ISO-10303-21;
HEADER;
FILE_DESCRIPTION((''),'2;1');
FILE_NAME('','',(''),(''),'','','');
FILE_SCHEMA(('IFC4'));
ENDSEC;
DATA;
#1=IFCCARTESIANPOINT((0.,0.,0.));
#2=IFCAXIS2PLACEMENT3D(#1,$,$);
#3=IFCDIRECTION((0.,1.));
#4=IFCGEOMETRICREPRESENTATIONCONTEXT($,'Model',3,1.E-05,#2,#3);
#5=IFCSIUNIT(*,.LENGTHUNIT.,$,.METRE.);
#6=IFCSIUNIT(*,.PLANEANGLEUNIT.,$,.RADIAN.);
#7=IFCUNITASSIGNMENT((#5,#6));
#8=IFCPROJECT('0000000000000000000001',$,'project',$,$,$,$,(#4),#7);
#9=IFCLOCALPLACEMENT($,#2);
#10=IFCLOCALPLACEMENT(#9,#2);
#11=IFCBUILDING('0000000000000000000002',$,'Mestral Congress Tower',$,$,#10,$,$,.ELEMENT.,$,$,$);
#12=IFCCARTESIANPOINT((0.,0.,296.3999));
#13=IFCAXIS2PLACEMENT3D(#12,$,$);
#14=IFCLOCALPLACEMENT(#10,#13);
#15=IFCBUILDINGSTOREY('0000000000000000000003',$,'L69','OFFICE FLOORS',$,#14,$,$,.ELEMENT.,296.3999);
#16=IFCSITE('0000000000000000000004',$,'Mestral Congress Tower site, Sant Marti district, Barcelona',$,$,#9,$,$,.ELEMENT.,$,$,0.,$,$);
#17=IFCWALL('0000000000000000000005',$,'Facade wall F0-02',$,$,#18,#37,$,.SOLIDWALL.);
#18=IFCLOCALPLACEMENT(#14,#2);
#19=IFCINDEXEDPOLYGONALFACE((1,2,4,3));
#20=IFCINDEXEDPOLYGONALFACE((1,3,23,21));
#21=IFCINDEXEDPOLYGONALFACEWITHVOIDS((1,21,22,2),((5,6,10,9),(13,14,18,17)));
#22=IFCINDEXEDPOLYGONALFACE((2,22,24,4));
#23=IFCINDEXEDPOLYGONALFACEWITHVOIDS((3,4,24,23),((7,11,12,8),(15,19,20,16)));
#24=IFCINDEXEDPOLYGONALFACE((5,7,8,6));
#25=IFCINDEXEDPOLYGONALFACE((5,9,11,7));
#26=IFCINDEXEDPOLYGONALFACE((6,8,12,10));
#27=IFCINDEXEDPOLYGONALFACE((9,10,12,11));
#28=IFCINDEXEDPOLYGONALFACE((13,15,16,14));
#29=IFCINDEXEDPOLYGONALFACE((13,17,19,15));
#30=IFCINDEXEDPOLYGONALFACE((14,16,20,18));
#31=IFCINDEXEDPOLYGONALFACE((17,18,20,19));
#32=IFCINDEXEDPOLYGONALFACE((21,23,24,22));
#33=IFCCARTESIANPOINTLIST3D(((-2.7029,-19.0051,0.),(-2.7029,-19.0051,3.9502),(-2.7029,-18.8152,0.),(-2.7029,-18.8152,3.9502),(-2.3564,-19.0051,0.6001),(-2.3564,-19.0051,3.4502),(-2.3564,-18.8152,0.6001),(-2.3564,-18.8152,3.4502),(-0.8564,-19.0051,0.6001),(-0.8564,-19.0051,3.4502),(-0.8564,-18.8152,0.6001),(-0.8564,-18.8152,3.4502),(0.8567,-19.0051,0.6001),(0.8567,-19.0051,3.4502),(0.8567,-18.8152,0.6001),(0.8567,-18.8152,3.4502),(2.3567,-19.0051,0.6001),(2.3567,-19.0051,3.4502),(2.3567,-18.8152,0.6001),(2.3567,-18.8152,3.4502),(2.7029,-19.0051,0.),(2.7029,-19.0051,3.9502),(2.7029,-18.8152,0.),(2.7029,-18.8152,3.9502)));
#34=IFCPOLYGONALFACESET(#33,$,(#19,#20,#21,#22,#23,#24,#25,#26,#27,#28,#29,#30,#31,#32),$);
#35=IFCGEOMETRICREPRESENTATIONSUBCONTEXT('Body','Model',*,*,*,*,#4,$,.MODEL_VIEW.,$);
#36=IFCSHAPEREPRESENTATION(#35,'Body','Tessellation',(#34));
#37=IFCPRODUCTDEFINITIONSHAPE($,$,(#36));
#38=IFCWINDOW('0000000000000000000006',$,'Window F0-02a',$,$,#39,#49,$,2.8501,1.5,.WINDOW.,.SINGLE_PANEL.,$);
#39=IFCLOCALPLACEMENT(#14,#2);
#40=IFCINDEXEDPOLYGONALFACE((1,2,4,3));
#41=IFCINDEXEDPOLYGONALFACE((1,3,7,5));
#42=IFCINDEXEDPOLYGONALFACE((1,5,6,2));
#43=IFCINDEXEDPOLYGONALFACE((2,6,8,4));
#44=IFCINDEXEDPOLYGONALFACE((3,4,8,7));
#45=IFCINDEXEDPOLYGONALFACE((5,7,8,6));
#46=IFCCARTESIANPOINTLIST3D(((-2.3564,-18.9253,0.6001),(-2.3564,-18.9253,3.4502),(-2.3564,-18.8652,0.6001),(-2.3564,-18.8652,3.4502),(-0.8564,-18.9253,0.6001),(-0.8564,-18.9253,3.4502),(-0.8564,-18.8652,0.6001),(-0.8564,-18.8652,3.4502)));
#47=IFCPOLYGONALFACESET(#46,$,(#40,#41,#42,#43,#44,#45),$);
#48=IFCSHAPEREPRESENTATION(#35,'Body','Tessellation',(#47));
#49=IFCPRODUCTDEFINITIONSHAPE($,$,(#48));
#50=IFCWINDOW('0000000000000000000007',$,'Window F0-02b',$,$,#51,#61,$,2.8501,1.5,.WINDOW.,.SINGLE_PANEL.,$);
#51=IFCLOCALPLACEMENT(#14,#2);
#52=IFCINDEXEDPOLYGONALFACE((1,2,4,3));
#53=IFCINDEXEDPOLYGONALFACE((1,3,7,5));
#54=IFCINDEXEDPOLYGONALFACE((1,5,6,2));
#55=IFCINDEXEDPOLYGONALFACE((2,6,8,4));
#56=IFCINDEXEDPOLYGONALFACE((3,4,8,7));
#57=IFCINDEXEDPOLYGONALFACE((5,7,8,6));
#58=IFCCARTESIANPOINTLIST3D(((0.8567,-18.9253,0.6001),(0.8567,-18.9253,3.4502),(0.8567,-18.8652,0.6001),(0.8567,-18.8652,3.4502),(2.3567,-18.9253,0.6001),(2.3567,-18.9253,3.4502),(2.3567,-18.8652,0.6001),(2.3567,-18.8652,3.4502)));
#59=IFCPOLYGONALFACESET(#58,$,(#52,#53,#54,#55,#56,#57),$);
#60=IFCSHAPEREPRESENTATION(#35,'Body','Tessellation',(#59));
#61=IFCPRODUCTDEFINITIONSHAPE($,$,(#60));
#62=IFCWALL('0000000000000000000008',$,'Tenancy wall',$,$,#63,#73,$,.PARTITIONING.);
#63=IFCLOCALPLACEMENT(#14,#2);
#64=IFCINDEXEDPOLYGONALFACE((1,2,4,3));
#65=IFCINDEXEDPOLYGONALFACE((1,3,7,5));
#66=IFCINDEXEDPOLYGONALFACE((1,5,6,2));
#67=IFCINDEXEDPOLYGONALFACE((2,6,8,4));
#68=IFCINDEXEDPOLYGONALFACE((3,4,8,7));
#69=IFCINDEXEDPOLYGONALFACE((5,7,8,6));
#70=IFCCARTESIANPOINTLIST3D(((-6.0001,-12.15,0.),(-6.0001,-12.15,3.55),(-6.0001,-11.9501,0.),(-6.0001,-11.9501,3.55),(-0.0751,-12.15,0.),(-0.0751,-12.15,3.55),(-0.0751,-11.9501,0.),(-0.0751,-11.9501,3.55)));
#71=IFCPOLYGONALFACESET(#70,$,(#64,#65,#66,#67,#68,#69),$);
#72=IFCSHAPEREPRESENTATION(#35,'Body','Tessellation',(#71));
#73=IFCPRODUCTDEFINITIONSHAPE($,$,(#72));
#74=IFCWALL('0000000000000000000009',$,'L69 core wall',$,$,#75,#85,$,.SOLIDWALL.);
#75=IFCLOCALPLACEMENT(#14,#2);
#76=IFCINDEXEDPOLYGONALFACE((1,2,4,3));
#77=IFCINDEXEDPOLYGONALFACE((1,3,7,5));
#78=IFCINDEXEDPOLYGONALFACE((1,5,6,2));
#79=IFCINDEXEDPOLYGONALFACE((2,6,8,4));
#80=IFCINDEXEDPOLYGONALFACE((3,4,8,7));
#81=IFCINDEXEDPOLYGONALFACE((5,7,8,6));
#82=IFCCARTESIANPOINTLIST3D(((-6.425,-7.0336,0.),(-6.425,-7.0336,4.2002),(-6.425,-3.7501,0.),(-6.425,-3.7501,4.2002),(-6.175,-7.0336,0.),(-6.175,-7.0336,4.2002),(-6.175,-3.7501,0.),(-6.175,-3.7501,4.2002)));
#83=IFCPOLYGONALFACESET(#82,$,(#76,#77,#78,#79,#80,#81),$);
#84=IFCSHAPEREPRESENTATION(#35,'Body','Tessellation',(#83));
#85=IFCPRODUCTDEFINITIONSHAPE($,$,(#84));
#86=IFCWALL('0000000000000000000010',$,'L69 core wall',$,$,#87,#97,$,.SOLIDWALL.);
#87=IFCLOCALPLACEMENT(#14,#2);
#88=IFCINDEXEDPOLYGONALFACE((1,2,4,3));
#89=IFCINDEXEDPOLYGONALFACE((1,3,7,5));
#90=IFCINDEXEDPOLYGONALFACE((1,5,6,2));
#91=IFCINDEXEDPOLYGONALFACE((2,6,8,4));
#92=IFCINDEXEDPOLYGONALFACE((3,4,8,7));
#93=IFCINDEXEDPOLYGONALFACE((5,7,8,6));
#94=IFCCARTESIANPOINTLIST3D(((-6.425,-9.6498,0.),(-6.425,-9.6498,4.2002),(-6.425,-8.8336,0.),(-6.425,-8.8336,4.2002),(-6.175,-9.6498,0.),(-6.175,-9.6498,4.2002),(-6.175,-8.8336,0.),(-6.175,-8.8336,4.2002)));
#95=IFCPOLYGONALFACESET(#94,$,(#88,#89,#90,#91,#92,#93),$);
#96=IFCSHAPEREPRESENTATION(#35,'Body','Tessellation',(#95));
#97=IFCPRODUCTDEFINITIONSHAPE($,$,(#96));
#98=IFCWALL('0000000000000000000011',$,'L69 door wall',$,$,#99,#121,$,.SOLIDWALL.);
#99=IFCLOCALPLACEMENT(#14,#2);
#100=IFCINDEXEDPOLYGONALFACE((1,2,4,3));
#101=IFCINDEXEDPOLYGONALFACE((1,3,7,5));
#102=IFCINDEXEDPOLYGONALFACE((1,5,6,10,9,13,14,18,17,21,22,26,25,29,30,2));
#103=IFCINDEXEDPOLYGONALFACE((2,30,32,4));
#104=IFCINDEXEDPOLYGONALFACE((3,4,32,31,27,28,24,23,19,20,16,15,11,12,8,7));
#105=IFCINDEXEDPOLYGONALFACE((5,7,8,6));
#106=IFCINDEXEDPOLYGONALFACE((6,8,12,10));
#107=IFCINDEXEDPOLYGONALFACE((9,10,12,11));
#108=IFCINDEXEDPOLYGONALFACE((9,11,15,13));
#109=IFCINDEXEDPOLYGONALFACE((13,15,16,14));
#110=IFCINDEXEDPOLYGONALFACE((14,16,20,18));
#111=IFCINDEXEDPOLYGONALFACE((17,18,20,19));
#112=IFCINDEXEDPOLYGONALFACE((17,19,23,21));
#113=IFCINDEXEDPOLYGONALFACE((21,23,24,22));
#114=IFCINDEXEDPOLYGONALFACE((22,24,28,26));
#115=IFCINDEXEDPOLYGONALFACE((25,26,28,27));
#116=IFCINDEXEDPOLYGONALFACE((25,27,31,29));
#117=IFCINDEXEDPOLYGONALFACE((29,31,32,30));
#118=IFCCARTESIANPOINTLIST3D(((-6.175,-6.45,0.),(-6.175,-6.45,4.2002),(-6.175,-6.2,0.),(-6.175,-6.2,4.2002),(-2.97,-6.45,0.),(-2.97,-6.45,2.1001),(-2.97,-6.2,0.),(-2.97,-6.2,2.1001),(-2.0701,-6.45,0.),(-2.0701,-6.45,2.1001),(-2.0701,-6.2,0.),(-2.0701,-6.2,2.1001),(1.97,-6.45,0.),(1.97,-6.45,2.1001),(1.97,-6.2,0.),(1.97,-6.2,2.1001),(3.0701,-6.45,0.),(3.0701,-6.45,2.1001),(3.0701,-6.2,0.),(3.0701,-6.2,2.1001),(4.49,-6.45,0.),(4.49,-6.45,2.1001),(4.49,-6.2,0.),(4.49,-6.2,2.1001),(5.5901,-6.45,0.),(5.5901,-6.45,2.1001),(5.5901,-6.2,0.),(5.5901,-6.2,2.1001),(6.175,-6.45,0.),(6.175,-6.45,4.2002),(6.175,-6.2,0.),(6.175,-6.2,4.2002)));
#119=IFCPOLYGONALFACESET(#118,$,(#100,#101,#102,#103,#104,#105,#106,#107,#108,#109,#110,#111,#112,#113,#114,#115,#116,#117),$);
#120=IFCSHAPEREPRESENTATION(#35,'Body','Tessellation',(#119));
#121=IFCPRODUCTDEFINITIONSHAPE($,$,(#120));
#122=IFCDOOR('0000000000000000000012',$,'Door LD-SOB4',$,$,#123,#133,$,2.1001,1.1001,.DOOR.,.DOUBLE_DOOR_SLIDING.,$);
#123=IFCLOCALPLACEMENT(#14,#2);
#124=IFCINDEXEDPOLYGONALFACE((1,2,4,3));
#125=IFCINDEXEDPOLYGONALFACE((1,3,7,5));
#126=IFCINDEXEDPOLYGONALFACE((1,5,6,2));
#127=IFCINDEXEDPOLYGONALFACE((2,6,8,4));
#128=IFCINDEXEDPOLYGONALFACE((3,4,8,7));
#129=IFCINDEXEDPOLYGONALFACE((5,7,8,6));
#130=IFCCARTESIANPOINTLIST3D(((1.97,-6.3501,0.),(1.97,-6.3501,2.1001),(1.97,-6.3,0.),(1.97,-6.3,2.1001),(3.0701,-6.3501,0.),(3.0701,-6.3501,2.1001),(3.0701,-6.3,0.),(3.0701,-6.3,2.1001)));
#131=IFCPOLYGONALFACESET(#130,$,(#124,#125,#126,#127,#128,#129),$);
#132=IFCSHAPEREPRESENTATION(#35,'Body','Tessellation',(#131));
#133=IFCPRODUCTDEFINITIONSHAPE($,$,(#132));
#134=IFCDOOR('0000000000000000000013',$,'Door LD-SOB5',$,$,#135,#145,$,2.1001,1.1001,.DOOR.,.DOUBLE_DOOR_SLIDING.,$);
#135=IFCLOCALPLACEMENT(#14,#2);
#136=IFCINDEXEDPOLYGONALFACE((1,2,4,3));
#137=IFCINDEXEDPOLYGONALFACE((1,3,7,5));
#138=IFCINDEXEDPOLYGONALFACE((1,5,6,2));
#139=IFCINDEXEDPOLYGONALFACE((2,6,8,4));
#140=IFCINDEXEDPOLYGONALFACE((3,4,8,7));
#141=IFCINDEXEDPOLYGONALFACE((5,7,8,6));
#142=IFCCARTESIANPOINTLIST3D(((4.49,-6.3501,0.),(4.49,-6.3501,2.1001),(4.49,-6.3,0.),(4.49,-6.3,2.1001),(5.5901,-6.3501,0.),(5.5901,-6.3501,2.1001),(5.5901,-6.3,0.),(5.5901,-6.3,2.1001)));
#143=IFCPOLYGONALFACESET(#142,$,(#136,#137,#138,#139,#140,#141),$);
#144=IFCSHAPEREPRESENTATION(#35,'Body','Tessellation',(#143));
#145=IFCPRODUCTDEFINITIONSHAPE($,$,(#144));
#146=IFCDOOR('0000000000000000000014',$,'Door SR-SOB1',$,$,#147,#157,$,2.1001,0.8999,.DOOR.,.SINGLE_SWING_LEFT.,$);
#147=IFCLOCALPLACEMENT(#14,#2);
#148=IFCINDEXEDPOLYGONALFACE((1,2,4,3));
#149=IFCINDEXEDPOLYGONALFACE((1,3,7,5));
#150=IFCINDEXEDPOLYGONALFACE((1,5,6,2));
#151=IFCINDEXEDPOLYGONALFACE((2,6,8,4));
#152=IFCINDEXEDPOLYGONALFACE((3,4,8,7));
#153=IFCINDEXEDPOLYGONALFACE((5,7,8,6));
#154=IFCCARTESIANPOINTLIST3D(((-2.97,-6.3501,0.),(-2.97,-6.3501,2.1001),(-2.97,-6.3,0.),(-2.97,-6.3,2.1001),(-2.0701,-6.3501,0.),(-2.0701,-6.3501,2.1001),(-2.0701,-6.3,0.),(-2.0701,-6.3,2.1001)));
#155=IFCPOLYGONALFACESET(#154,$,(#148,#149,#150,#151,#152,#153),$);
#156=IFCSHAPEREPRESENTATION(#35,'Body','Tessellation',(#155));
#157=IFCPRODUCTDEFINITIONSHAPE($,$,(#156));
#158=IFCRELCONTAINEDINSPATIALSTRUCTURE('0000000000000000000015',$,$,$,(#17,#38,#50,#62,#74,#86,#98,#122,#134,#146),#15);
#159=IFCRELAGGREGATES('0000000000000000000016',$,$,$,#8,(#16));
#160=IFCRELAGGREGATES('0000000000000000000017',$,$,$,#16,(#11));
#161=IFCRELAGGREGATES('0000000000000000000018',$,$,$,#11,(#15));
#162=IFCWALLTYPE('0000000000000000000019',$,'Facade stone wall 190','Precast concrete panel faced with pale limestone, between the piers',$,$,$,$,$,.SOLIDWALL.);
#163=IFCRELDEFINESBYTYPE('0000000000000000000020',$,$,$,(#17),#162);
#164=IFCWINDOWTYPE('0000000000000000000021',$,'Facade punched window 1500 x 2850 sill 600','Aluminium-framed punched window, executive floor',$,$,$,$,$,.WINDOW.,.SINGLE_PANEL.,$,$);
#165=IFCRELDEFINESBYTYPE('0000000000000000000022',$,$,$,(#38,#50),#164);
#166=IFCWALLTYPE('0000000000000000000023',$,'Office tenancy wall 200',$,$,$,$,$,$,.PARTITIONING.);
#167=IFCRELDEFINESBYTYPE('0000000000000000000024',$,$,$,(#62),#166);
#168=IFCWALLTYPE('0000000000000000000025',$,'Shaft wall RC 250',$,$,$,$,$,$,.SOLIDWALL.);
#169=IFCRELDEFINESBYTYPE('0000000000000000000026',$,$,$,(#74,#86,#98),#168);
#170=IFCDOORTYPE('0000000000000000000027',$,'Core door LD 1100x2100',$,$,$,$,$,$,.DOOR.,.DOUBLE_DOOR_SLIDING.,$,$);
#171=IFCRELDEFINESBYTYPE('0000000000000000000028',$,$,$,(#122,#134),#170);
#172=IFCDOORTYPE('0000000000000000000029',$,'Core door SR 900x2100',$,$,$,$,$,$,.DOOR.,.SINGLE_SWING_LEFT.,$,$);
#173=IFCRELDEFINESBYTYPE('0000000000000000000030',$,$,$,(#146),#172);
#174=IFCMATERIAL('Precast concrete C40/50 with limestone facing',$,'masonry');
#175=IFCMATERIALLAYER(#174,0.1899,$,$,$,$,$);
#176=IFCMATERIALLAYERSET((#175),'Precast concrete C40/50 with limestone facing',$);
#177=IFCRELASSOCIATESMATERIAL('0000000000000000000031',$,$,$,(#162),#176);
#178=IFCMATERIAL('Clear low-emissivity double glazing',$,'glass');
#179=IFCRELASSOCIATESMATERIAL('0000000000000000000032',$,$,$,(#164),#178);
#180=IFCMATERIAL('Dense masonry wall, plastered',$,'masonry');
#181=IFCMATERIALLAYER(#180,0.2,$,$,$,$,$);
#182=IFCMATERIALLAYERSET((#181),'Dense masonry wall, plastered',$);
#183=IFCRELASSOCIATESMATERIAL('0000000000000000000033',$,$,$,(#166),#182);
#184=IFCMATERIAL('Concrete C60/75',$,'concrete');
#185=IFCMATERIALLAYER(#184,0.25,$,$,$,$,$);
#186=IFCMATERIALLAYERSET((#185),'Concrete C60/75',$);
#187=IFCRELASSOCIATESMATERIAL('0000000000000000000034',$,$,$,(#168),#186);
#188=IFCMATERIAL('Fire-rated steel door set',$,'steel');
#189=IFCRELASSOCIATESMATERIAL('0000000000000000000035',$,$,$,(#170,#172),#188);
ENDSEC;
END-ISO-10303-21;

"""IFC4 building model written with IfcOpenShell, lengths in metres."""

from ifc_helpers import new_model, si_unit, direction, frame, frame_2d, origin, place, context, subcontext, project, spatial, rectangle, extrude, material, layer, layer_set, type_object, element, fill, save


model = new_model("IFC4")

# Units and contexts
model_context = context("Model", 3, precision=1e-05, world=origin(), true_north=direction((0.0, 1.0)))
body_context = subcontext(model_context, "Body", "Model", "MODEL_VIEW")
ifc_project = project(units=[si_unit("LENGTHUNIT", "METRE"), si_unit("PLANEANGLEUNIT", "RADIAN")], contexts=[model_context])

# Site, building, storey
site_placement = place(None, origin())
site = spatial("IfcSite", under=ifc_project, at=site_placement, Name="Mestral Congress Tower site, Sant Marti district, Barcelona", CompositionType="ELEMENT", RefElevation=0.0)
building_placement = place(site_placement, origin())
building = spatial("IfcBuilding", under=site, at=building_placement, Name="Mestral Congress Tower", CompositionType="ELEMENT")
storey_placement = place(building_placement, frame((0.0, 0.0, 296.3999)))
storey = spatial("IfcBuildingStorey", under=building, at=storey_placement, Name="L69", Description="OFFICE FLOORS", CompositionType="ELEMENT", Elevation=296.3999)

# Shared definitions
ifc_material_1 = material(Name="Concrete C60/75", Category="concrete")

# Wall, openings, windows
ifc_material_2 = material(Name="Precast concrete C40/50 with limestone facing", Category="masonry")
ifc_layer_1 = layer(ifc_material_2, 0.1899)
ifc_layer_set_1 = layer_set([ifc_layer_1], Name="Precast concrete C40/50 with limestone facing")
wall_type_1 = type_object("IfcWallType", Name="Facade stone wall 190", Description="Precast concrete panel faced with pale limestone, between the piers", PredefinedType="SOLIDWALL", material=ifc_layer_set_1)
ifc_material_3 = material(Name="Clear low-emissivity double glazing", Category="glass")
window_type = type_object("IfcWindowType", Name="Facade punched window 1500 x 2850 sill 600", Description="Aluminium-framed punched window, executive floor", PartitioningType="SINGLE_PANEL", PredefinedType="WINDOW", material=ifc_material_3)
wall_1_placement = place(storey_placement, frame((-2.7029, -18.9102, 0.0), z_axis=(0.0, 0.0, 1.0), x_axis=(1.0, 0.0, 0.0)))
wall_1 = element("IfcWall", 1, at=wall_1_placement, inside=storey, type_object=wall_type_1, Name="Facade wall F0-02", PredefinedType="SOLIDWALL", context=body_context, shape_type="SweptSolid", body=[
    extrude(rectangle(XDim=5.4058, YDim=0.1899, at=frame_2d((2.7029, 0.0))), origin(), (0.0, 0.0, 1.0), 3.9502),
])
opening_1_placement = place(wall_1_placement, frame((0.3464, 0.0, 0.6001)))
opening_1 = element("IfcOpeningElement", 2, at=opening_1_placement, cuts=wall_1, PredefinedType="OPENING", context=body_context, shape_type="SweptSolid", body=[
    extrude(rectangle(XDim=1.5, YDim=2.8501, at=frame_2d((0.75, 1.425))), frame((0.0, 0.105, 0.0), z_axis=(0.0, -1.0, 0.0), x_axis=(1.0, 0.0, 0.0)), (0.0, 0.0, 1.0), 0.21),
])
opening_2_placement = place(wall_1_placement, frame((3.5596, 0.0, 0.6001)))
opening_2 = element("IfcOpeningElement", 3, at=opening_2_placement, cuts=wall_1, PredefinedType="OPENING", context=body_context, shape_type="SweptSolid", body=[
    extrude(rectangle(XDim=1.5, YDim=2.8501, at=frame_2d((0.75, 1.425))), frame((0.0, 0.105, 0.0), z_axis=(0.0, -1.0, 0.0), x_axis=(1.0, 0.0, 0.0)), (0.0, 0.0, 1.0), 0.21),
])
window_1_placement = place(opening_1_placement, origin())
window_1 = element("IfcWindow", 4, at=window_1_placement, inside=storey, type_object=window_type, Name="Window F0-02a", OverallHeight=2.8501, OverallWidth=1.5, PartitioningType="SINGLE_PANEL", PredefinedType="WINDOW", context=body_context, shape_type="SweptSolid", body=[
    extrude(rectangle(XDim=1.5, YDim=2.8501, at=frame_2d((0.75, 1.425))), frame((0.0, 0.0449, 0.0), z_axis=(0.0, -1.0, 0.0), x_axis=(1.0, 0.0, 0.0)), (0.0, 0.0, 1.0), 0.0601),
])
fill(opening_1, window_1)
window_2_placement = place(opening_2_placement, origin())
window_2 = element("IfcWindow", 5, at=window_2_placement, inside=storey, type_object=window_type, Name="Window F0-02b", OverallHeight=2.8501, OverallWidth=1.5, PartitioningType="SINGLE_PANEL", PredefinedType="WINDOW", context=body_context, shape_type="SweptSolid", body=[
    extrude(rectangle(XDim=1.5, YDim=2.8501, at=frame_2d((0.75, 1.425))), frame((0.0, 0.0449, 0.0), z_axis=(0.0, -1.0, 0.0), x_axis=(1.0, 0.0, 0.0)), (0.0, 0.0, 1.0), 0.0601),
])
fill(opening_2, window_2)

# Walls
ifc_material_4 = material(Name="Dense masonry wall, plastered", Category="masonry")
ifc_layer_2 = layer(ifc_material_4, 0.2)
ifc_layer_set_2 = layer_set([ifc_layer_2], Name="Dense masonry wall, plastered")
wall_type_2 = type_object("IfcWallType", Name="Office tenancy wall 200", PredefinedType="PARTITIONING", material=ifc_layer_set_2)
wall_2_placement = place(storey_placement, frame((-6.0, -12.05, 0.0), z_axis=(0.0, 0.0, 1.0), x_axis=(1.0, 0.0, 0.0)))
element("IfcWall", 6, at=wall_2_placement, inside=storey, type_object=wall_type_2, Name="Tenancy wall", PredefinedType="PARTITIONING", context=body_context, shape_type="SweptSolid", body=[
    extrude(rectangle(XDim=5.925, YDim=0.2, at=frame_2d((2.9624, 0.0))), origin(), (0.0, 0.0, 1.0), 3.55),
])
ifc_layer_3 = layer(ifc_material_1, 0.25)
ifc_layer_set_3 = layer_set([ifc_layer_3], Name="Concrete C60/75")
wall_type_3 = type_object("IfcWallType", Name="Shaft wall RC 250", PredefinedType="SOLIDWALL", material=ifc_layer_set_3)
wall_3_placement = place(storey_placement, frame((-6.3, -7.0334, 0.0), z_axis=(0.0, 0.0, 1.0), x_axis=(0.0, 1.0, 0.0)))
element("IfcWall", 7, at=wall_3_placement, inside=storey, type_object=wall_type_3, Name="L69 core wall", PredefinedType="SOLIDWALL", context=body_context, shape_type="SweptSolid", body=[
    extrude(rectangle(XDim=3.2834, YDim=0.25, at=frame_2d((1.6416, 0.0))), origin(), (0.0, 0.0, 1.0), 4.2002),
])
wall_4_placement = place(storey_placement, frame((-6.3, -9.6499, 0.0), z_axis=(0.0, 0.0, 1.0), x_axis=(0.0, 1.0, 0.0)))
element("IfcWall", 8, at=wall_4_placement, inside=storey, type_object=wall_type_3, Name="L69 core wall", PredefinedType="SOLIDWALL", context=body_context, shape_type="SweptSolid", body=[
    extrude(rectangle(XDim=0.8162, YDim=0.25, at=frame_2d((0.4082, 0.0))), origin(), (0.0, 0.0, 1.0), 4.2002),
])

# Wall, openings, doors
wall_5_placement = place(storey_placement, frame((-6.175, -6.325, 0.0), z_axis=(0.0, 0.0, 1.0), x_axis=(1.0, 0.0, 0.0)))
wall_5 = element("IfcWall", 9, at=wall_5_placement, inside=storey, type_object=wall_type_3, Name="L69 door wall", PredefinedType="SOLIDWALL", context=body_context, shape_type="SweptSolid", body=[
    extrude(rectangle(XDim=12.3501, YDim=0.25, at=frame_2d((6.175, 0.0))), origin(), (0.0, 0.0, 1.0), 4.2002),
])
opening_3_placement = place(wall_5_placement, frame((3.2051, 0.0, 0.0)))
opening_3 = element("IfcOpeningElement", 10, at=opening_3_placement, cuts=wall_5, PredefinedType="OPENING", context=body_context, shape_type="SweptSolid", body=[
    extrude(rectangle(XDim=0.8999, YDim=2.1001, at=frame_2d((0.45, 1.05))), frame((0.0, 0.135, 0.0), z_axis=(0.0, -1.0, 0.0), x_axis=(1.0, 0.0, 0.0)), (0.0, 0.0, 1.0), 0.27),
])
opening_4_placement = place(wall_5_placement, frame((8.145, 0.0, 0.0)))
opening_4 = element("IfcOpeningElement", 11, at=opening_4_placement, cuts=wall_5, PredefinedType="OPENING", context=body_context, shape_type="SweptSolid", body=[
    extrude(rectangle(XDim=1.1001, YDim=2.1001, at=frame_2d((0.55, 1.05))), frame((0.0, 0.135, 0.0), z_axis=(0.0, -1.0, 0.0), x_axis=(1.0, 0.0, 0.0)), (0.0, 0.0, 1.0), 0.27),
])
opening_5_placement = place(wall_5_placement, frame((10.665, 0.0, 0.0)))
opening_5 = element("IfcOpeningElement", 12, at=opening_5_placement, cuts=wall_5, PredefinedType="OPENING", context=body_context, shape_type="SweptSolid", body=[
    extrude(rectangle(XDim=1.1001, YDim=2.1001, at=frame_2d((0.55, 1.05))), frame((0.0, 0.135, 0.0), z_axis=(0.0, -1.0, 0.0), x_axis=(1.0, 0.0, 0.0)), (0.0, 0.0, 1.0), 0.27),
])
ifc_material_5 = material(Name="Fire-rated steel door set", Category="steel")
door_type_1 = type_object("IfcDoorType", Name="Core door LD 1100x2100", OperationType="DOUBLE_DOOR_SLIDING", PredefinedType="DOOR", material=ifc_material_5)
door_1_placement = place(opening_4_placement, origin())
door_1 = element("IfcDoor", 13, at=door_1_placement, inside=storey, type_object=door_type_1, Name="Door LD-SOB4", OperationType="DOUBLE_DOOR_SLIDING", OverallHeight=2.1001, OverallWidth=1.1001, PredefinedType="DOOR", context=body_context, shape_type="SweptSolid", body=[
    extrude(rectangle(XDim=1.1001, YDim=2.1001, at=frame_2d((0.55, 1.05))), frame((0.0, 0.0249, 0.0), z_axis=(0.0, -1.0, 0.0), x_axis=(1.0, 0.0, 0.0)), (0.0, 0.0, 1.0), 0.05),
])
fill(opening_4, door_1)
door_2_placement = place(opening_5_placement, origin())
door_2 = element("IfcDoor", 14, at=door_2_placement, inside=storey, type_object=door_type_1, Name="Door LD-SOB5", OperationType="DOUBLE_DOOR_SLIDING", OverallHeight=2.1001, OverallWidth=1.1001, PredefinedType="DOOR", context=body_context, shape_type="SweptSolid", body=[
    extrude(rectangle(XDim=1.1001, YDim=2.1001, at=frame_2d((0.55, 1.05))), frame((0.0, 0.0249, 0.0), z_axis=(0.0, -1.0, 0.0), x_axis=(1.0, 0.0, 0.0)), (0.0, 0.0, 1.0), 0.05),
])
fill(opening_5, door_2)
door_type_2 = type_object("IfcDoorType", Name="Core door SR 900x2100", OperationType="SINGLE_SWING_LEFT", PredefinedType="DOOR", material=ifc_material_5)
door_3_placement = place(opening_3_placement, origin())
door_3 = element("IfcDoor", 15, at=door_3_placement, inside=storey, type_object=door_type_2, Name="Door SR-SOB1", OperationType="SINGLE_SWING_LEFT", OverallHeight=2.1001, OverallWidth=0.8999, PredefinedType="DOOR", context=body_context, shape_type="SweptSolid", body=[
    extrude(rectangle(XDim=0.8999, YDim=2.1001, at=frame_2d((0.45, 1.05))), frame((0.0, 0.0249, 0.0), z_axis=(0.0, -1.0, 0.0), x_axis=(1.0, 0.0, 0.0)), (0.0, 0.0, 1.0), 0.05),
])
fill(opening_3, door_3)

save(model, "model.ifc")
